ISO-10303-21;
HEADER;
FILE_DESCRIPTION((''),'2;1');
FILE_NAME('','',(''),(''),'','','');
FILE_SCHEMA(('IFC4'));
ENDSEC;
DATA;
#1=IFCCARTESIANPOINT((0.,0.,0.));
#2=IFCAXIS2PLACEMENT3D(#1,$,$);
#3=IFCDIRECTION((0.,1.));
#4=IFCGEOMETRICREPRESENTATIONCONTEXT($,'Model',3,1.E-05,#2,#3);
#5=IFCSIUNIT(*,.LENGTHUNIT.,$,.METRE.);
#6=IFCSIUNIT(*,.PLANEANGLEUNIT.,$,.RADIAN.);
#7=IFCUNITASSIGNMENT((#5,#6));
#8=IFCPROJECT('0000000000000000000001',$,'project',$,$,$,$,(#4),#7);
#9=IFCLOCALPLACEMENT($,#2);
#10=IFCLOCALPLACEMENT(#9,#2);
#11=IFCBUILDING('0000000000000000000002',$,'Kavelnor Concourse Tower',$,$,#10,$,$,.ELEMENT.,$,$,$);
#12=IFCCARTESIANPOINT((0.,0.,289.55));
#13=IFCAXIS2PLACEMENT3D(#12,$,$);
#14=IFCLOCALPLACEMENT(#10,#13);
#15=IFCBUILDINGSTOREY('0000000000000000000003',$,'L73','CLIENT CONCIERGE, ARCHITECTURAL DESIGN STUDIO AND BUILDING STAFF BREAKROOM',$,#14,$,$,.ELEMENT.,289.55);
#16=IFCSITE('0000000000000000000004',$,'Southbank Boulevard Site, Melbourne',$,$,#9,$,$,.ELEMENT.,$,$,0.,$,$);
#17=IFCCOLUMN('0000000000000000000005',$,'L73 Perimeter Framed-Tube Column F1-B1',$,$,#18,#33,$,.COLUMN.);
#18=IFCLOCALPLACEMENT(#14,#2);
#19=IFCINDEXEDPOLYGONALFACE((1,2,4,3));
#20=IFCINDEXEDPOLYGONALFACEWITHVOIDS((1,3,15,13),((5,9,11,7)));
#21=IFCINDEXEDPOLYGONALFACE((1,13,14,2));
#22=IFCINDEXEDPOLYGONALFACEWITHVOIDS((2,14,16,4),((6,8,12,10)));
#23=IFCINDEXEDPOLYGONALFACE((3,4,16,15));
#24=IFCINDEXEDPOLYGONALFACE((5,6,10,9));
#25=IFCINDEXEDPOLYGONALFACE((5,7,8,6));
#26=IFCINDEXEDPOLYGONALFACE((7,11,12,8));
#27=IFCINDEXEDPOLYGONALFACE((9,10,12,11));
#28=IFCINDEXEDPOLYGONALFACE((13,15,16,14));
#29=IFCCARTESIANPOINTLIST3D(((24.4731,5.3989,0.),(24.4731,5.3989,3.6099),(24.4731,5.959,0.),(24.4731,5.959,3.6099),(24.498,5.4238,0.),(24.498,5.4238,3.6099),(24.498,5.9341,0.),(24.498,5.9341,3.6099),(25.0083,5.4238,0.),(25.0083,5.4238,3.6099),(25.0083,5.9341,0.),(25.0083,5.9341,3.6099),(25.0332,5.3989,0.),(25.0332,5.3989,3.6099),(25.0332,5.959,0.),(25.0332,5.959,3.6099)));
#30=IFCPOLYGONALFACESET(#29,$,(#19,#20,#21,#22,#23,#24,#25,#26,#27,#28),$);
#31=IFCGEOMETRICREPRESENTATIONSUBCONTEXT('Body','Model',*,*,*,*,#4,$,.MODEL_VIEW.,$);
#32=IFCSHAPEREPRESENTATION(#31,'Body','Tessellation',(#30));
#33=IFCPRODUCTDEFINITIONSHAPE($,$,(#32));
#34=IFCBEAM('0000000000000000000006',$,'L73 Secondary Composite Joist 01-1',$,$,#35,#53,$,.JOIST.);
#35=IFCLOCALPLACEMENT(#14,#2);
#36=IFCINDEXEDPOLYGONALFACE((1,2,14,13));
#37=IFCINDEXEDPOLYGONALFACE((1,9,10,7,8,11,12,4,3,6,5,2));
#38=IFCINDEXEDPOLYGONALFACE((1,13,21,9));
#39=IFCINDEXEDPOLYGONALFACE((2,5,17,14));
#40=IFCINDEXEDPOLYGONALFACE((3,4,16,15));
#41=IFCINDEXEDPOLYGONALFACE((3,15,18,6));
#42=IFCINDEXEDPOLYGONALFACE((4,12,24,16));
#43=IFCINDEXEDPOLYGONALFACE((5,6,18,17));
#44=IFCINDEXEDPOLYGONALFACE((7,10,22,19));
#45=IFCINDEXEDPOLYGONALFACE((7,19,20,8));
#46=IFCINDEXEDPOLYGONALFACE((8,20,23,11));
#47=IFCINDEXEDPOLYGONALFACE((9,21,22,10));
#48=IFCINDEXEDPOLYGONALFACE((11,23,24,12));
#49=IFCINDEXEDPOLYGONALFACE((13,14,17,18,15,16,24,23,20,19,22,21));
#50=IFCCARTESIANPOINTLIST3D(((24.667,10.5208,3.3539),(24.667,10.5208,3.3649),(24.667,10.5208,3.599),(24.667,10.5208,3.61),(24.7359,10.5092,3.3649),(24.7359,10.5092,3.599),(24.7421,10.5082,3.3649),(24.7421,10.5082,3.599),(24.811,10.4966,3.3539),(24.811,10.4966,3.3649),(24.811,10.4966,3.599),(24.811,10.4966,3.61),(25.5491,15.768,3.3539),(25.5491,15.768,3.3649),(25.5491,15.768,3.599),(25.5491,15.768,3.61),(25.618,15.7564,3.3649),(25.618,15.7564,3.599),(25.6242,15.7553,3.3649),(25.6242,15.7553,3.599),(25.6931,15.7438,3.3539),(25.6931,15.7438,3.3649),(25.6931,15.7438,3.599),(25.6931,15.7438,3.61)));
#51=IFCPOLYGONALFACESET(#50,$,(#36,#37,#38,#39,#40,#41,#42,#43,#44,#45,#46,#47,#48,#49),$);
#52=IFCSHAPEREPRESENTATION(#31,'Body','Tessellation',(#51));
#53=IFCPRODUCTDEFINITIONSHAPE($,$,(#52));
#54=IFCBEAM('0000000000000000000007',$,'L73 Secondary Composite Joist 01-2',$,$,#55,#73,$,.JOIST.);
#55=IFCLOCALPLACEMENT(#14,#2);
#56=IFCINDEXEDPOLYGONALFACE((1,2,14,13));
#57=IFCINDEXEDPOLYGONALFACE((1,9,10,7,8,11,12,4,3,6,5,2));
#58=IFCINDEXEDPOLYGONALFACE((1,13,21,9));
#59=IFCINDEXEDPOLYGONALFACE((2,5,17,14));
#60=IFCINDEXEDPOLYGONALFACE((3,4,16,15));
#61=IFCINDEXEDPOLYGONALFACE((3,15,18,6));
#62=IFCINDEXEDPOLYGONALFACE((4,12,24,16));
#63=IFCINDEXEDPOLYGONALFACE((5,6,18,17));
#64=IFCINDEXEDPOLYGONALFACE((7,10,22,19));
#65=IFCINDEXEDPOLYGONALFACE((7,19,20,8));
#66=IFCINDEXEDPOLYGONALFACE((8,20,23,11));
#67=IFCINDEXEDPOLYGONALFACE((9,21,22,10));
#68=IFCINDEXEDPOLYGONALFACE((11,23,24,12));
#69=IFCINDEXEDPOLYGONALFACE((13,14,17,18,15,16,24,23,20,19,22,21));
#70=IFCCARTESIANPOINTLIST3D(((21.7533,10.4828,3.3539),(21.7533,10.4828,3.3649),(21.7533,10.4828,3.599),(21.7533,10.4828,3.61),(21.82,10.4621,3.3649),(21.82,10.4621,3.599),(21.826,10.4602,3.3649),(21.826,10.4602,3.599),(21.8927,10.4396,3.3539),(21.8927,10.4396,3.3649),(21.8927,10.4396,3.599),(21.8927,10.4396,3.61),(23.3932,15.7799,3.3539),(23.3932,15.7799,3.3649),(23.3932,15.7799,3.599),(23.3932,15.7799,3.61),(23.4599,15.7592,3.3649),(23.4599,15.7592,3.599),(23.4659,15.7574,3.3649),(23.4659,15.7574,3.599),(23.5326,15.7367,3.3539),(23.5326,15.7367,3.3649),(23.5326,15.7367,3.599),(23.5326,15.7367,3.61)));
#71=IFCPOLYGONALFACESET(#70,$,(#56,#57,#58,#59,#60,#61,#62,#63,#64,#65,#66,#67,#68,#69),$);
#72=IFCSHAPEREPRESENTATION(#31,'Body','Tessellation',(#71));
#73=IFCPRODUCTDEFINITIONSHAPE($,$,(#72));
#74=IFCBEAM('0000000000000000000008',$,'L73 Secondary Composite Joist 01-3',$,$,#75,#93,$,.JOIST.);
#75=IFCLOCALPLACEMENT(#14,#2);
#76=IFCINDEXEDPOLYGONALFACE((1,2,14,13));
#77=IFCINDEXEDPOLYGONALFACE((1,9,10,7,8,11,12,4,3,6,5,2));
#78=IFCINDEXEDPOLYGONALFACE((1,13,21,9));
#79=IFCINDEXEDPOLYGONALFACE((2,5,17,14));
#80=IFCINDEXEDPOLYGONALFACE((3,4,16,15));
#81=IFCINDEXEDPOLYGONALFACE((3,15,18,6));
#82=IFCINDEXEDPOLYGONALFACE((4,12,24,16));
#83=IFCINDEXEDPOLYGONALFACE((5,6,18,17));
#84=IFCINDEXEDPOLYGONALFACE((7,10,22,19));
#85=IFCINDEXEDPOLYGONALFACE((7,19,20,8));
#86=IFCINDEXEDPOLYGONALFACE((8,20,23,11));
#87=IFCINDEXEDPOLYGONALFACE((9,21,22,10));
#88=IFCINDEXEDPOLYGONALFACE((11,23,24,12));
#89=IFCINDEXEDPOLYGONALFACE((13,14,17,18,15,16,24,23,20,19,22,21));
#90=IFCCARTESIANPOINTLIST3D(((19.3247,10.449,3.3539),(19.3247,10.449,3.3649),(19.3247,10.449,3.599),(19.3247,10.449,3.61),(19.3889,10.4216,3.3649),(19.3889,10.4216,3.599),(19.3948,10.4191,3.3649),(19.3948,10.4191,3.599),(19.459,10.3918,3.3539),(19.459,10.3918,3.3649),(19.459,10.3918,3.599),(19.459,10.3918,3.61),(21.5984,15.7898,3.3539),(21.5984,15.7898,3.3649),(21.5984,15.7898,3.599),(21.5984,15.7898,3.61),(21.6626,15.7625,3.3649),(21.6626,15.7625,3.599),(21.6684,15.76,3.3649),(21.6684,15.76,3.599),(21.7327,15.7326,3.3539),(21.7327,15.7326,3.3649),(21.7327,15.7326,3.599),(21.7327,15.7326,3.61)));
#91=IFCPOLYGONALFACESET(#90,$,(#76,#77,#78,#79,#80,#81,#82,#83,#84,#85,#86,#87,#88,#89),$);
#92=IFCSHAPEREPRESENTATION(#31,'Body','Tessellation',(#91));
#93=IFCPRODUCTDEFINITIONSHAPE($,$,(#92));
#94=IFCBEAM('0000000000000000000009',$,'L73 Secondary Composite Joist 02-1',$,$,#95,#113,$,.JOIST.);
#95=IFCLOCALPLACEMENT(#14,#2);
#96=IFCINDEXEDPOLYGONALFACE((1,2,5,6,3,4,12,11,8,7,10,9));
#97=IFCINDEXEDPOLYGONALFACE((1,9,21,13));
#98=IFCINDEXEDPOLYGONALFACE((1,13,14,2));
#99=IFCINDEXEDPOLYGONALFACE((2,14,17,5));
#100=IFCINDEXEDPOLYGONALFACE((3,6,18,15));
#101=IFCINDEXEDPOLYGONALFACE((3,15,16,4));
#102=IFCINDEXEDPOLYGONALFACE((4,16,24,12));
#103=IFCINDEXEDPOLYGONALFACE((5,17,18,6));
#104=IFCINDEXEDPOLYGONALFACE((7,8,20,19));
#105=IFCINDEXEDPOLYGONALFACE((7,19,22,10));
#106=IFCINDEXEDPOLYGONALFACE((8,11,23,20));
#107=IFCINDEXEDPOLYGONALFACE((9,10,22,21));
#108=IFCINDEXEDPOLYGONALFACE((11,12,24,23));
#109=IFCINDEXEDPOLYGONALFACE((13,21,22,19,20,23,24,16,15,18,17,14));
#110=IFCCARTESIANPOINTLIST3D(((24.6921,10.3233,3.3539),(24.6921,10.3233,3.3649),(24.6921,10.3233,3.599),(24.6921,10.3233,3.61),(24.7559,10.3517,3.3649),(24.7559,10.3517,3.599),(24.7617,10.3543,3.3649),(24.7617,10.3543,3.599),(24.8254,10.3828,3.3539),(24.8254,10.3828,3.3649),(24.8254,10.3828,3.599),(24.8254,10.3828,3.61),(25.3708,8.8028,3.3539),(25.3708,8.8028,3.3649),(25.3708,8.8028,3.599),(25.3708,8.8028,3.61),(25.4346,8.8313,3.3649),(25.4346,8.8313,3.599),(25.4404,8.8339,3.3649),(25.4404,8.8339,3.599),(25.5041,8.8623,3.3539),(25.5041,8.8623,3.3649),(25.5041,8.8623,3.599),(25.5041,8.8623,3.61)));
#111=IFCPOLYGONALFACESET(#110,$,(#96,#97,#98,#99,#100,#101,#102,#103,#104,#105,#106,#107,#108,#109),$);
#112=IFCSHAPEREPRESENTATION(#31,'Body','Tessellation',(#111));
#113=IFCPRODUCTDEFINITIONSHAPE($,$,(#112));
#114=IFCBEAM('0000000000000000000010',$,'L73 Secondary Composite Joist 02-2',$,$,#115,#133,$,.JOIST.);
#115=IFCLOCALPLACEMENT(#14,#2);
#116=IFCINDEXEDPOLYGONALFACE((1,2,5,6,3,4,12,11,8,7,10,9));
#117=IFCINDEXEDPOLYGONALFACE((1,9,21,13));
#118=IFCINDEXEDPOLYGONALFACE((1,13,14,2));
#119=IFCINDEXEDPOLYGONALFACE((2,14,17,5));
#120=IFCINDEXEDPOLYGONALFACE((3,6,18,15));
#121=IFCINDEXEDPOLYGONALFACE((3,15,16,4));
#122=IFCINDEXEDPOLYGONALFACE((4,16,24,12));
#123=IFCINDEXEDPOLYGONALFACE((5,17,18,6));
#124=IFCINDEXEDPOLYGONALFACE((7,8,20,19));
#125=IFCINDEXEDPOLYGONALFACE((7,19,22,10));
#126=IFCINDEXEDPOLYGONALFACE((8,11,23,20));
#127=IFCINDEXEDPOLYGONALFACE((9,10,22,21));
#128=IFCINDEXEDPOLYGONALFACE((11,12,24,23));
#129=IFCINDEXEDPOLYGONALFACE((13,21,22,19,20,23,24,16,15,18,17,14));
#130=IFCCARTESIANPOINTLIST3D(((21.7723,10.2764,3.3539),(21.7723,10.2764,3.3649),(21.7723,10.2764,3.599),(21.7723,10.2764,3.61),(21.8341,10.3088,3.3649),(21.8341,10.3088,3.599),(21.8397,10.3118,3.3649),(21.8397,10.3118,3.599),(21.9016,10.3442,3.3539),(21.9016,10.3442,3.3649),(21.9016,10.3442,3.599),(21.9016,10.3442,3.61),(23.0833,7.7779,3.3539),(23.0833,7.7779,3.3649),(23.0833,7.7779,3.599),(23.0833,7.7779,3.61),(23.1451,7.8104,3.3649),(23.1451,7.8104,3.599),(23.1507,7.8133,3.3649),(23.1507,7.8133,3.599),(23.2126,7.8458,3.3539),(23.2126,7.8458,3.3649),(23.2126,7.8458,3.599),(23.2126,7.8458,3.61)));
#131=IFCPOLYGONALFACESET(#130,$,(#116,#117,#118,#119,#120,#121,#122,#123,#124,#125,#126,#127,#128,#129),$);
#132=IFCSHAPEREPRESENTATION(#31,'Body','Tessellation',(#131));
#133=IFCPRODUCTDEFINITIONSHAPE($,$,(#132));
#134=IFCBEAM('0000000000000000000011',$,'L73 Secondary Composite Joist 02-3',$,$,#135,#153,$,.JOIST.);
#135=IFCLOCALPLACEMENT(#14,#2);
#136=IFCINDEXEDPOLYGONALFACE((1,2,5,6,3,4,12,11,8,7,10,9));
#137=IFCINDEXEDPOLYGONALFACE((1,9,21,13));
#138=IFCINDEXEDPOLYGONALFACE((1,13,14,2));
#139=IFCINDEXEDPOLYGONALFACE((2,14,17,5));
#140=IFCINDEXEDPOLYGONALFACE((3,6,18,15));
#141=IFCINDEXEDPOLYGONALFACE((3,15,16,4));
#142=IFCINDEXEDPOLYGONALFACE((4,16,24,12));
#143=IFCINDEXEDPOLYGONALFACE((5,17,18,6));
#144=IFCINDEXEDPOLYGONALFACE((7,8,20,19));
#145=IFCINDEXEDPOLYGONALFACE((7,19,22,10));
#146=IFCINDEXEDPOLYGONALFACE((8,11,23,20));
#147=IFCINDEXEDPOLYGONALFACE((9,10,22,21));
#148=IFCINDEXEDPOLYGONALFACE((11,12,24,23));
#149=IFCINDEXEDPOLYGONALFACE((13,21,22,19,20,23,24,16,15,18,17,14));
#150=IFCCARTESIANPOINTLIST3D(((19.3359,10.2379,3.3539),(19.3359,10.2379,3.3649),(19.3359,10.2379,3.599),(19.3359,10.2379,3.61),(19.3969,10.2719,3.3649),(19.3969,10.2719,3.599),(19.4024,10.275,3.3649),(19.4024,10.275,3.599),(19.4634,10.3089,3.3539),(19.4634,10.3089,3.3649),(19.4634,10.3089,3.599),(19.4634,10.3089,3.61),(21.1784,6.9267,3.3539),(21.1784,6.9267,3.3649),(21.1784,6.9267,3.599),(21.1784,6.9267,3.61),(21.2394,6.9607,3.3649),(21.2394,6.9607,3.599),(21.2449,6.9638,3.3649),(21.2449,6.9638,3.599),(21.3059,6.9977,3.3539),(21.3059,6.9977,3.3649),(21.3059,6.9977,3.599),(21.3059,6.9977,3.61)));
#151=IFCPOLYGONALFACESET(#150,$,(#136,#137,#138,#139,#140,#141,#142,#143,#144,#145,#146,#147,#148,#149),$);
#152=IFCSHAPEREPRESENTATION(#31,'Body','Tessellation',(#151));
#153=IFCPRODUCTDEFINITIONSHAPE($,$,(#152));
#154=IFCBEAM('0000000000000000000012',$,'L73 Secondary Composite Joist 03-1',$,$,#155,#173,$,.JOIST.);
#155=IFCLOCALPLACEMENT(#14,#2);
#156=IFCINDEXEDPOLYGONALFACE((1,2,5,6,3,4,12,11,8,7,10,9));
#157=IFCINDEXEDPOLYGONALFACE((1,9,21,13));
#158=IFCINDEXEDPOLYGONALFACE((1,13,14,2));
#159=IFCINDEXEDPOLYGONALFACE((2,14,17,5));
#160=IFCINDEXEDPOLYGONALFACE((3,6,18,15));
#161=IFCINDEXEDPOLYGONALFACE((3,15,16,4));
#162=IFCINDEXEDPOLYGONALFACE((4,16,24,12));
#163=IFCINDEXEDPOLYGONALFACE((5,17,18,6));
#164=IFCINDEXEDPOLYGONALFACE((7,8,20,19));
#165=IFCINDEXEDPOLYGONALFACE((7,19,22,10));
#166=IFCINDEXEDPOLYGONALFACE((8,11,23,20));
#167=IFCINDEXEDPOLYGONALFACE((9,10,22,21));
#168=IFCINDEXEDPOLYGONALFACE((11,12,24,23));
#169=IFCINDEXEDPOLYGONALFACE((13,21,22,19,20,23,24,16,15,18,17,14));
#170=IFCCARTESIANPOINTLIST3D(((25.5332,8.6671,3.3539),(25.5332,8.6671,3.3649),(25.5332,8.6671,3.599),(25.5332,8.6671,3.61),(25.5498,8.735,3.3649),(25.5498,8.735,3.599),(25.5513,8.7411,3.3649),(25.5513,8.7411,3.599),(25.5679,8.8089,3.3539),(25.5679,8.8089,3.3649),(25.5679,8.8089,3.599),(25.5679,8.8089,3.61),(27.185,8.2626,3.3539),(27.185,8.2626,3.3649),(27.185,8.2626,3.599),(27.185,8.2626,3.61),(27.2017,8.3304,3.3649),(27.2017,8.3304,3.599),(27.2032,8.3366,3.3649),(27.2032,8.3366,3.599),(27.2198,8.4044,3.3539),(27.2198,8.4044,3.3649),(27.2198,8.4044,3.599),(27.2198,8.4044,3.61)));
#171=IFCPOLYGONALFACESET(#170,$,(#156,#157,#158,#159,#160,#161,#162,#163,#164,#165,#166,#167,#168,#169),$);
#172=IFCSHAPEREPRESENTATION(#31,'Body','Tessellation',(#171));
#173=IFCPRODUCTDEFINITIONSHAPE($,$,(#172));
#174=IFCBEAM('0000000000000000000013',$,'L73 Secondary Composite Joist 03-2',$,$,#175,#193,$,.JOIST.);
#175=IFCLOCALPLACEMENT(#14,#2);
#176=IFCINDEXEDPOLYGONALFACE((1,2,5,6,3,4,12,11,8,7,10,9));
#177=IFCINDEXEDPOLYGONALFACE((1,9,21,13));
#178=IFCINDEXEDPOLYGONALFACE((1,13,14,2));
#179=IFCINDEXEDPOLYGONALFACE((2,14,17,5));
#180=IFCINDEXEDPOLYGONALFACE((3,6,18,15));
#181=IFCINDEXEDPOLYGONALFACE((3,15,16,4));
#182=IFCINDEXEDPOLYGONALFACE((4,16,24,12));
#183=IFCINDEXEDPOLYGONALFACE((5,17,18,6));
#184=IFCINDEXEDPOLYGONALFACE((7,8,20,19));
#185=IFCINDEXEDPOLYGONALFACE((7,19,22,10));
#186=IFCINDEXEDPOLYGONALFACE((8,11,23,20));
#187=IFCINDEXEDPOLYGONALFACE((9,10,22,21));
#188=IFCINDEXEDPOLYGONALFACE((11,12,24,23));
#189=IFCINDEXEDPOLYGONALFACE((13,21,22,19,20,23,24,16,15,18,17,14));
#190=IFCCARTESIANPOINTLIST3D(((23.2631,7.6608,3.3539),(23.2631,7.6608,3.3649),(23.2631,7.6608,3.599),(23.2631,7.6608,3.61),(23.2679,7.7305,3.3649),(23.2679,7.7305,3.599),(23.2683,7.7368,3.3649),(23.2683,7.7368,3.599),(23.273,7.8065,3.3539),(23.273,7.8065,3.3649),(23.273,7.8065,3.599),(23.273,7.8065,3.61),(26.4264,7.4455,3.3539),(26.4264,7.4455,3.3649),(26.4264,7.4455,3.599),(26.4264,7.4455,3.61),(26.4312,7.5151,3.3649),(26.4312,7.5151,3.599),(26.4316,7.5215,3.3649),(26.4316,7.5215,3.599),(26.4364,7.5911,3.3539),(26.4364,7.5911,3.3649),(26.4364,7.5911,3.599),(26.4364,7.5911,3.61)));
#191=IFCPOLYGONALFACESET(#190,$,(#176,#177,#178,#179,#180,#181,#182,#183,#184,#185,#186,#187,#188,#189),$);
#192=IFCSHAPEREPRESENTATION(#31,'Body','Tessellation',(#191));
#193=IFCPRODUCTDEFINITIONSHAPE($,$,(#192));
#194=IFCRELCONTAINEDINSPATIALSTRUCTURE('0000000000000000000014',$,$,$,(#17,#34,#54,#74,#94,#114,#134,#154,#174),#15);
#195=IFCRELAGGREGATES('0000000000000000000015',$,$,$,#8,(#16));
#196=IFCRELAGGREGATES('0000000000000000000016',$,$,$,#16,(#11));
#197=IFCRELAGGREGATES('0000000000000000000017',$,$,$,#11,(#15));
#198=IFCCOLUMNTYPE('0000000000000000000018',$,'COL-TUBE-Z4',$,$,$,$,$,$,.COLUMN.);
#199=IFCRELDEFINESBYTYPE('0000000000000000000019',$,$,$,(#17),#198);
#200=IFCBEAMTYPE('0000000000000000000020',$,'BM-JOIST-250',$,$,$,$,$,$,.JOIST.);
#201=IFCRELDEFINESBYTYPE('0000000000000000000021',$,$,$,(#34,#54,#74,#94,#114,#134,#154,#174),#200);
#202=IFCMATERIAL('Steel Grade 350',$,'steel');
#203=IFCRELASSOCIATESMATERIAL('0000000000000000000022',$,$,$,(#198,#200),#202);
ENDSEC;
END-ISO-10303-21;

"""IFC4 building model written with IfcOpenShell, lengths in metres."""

from ifc_helpers import new_model, si_unit, direction, frame, origin, origin_2d, place, context, subcontext, project, spatial, hollow_rectangle, i_section, extrude, material, material_profile, profile_set, type_object, element, save


model = new_model("IFC4")

# Units and contexts
model_context = context("Model", 3, precision=1e-05, world=origin(), true_north=direction((0.0, 1.0)))
body_context = subcontext(model_context, "Body", "Model", "MODEL_VIEW")
ifc_project = project(units=[si_unit("LENGTHUNIT", "METRE"), si_unit("PLANEANGLEUNIT", "RADIAN")], contexts=[model_context])

# Site, building, storey
site_placement = place(None, origin())
site = spatial("IfcSite", under=ifc_project, at=site_placement, Name="Southbank Boulevard Site, Melbourne", CompositionType="ELEMENT", RefElevation=0.0)
building_placement = place(site_placement, origin())
building = spatial("IfcBuilding", under=site, at=building_placement, Name="Kavelnor Concourse Tower", CompositionType="ELEMENT")
storey_placement = place(building_placement, frame((0.0, 0.0, 289.55)))
storey = spatial("IfcBuildingStorey", under=building, at=storey_placement, Name="L73", Description="CLIENT CONCIERGE, ARCHITECTURAL DESIGN STUDIO AND BUILDING STAFF BREAKROOM", CompositionType="ELEMENT", Elevation=289.55)

# Column
ifc_material_1 = material(Name="Steel Grade 350", Category="steel")
ifc_material_profile_1 = material_profile(ifc_material_1, hollow_rectangle(XDim=0.5601, YDim=0.5601, WallThickness=0.0249, at=origin_2d()), Name="SHS 560x560x25")
ifc_profile_set_1 = profile_set([ifc_material_profile_1], Name="Steel Grade 350")
column_type = type_object("IfcColumnType", Name="COL-TUBE-Z4", PredefinedType="COLUMN", material=ifc_profile_set_1)
column_placement = place(storey_placement, frame((24.7532, 5.679, 0.0), z_axis=(0.0, 0.0, 1.0), x_axis=(1.0, 0.0, 0.0)))
element("IfcColumn", 1, at=column_placement, inside=storey, type_object=column_type, Name="L73 Perimeter Framed-Tube Column F1-B1", PredefinedType="COLUMN", context=body_context, shape_type="SweptSolid", body=[
    extrude(hollow_rectangle(XDim=0.5601, YDim=0.5601, WallThickness=0.0249, at=origin_2d()), origin(), (0.0, 0.0, 1.0), 3.6099),
])

# Beams
ifc_material_profile_2 = material_profile(ifc_material_1, i_section(OverallWidth=0.146, OverallDepth=0.2561, WebThickness=0.0063, FlangeThickness=0.011, at=origin_2d()), Name="250UB37")
ifc_profile_set_2 = profile_set([ifc_material_profile_2], Name="Steel Grade 350")
beam_type_1 = type_object("IfcBeamType", Name="BM-JOIST-250", PredefinedType="JOIST", material=ifc_profile_set_2)
beam_1_placement = place(storey_placement, frame((25.6211, 15.7559, 3.4819), z_axis=(-0.165783, -0.986162, 0.0), x_axis=(0.986162, -0.165783, 0.0)))
element("IfcBeam", 2, at=beam_1_placement, inside=storey, type_object=beam_type_1, Name="L73 Secondary Composite Joist 01-1", PredefinedType="JOIST", context=body_context, shape_type="SweptSolid", body=[
    extrude(i_section(OverallWidth=0.146, OverallDepth=0.2561, WebThickness=0.0063, FlangeThickness=0.011, at=origin_2d()), origin(), (0.0, 0.0, 1.0), 5.3208),
])
beam_2_placement = place(storey_placement, frame((23.4629, 15.7583, 3.4819), z_axis=(-0.295734, -0.95527, 0.0), x_axis=(0.95527, -0.295734, 0.0)))
element("IfcBeam", 3, at=beam_2_placement, inside=storey, type_object=beam_type_1, Name="L73 Secondary Composite Joist 01-2", PredefinedType="JOIST", context=body_context, shape_type="SweptSolid", body=[
    extrude(i_section(OverallWidth=0.146, OverallDepth=0.2561, WebThickness=0.0063, FlangeThickness=0.011, at=origin_2d()), origin(), (0.0, 0.0, 1.0), 5.5452),
])
beam_3_placement = place(storey_placement, frame((21.6655, 15.7612, 3.4819), z_axis=(-0.3917, -0.920093, 0.0), x_axis=(0.920093, -0.3917, 0.0)))
element("IfcBeam", 4, at=beam_3_placement, inside=storey, type_object=beam_type_1, Name="L73 Secondary Composite Joist 01-3", PredefinedType="JOIST", context=body_context, shape_type="SweptSolid", body=[
    extrude(i_section(OverallWidth=0.146, OverallDepth=0.2561, WebThickness=0.0063, FlangeThickness=0.011, at=origin_2d()), origin(), (0.0, 0.0, 1.0), 5.8047),
])
beam_4_placement = place(storey_placement, frame((24.7588, 10.353, 3.4819), z_axis=(0.407607, -0.913157, 0.0), x_axis=(0.913157, 0.407607, 0.0)))
element("IfcBeam", 5, at=beam_4_placement, inside=storey, type_object=beam_type_1, Name="L73 Secondary Composite Joist 02-1", PredefinedType="JOIST", context=body_context, shape_type="SweptSolid", body=[
    extrude(i_section(OverallWidth=0.146, OverallDepth=0.2561, WebThickness=0.0063, FlangeThickness=0.011, at=origin_2d()), origin(), (0.0, 0.0, 1.0), 1.665),
])
beam_5_placement = place(storey_placement, frame((21.8369, 10.3103, 3.4819), z_axis=(0.464641, -0.885499, 0.0), x_axis=(0.885499, 0.464641, 0.0)))
element("IfcBeam", 6, at=beam_5_placement, inside=storey, type_object=beam_type_1, Name="L73 Secondary Composite Joist 02-2", PredefinedType="JOIST", context=body_context, shape_type="SweptSolid", body=[
    extrude(i_section(OverallWidth=0.146, OverallDepth=0.2561, WebThickness=0.0063, FlangeThickness=0.011, at=origin_2d()), origin(), (0.0, 0.0, 1.0), 2.8215),
])
beam_6_placement = place(storey_placement, frame((19.3997, 10.2734, 3.4819), z_axis=(0.486234, -0.873829, 0.0), x_axis=(0.873829, 0.486234, 0.0)))
element("IfcBeam", 7, at=beam_6_placement, inside=storey, type_object=beam_type_1, Name="L73 Secondary Composite Joist 02-3", PredefinedType="JOIST", context=body_context, shape_type="SweptSolid", body=[
    extrude(i_section(OverallWidth=0.146, OverallDepth=0.2561, WebThickness=0.0063, FlangeThickness=0.011, at=origin_2d()), origin(), (0.0, 0.0, 1.0), 3.7893),
])
beam_7_placement = place(storey_placement, frame((25.5505, 8.738, 3.4819), z_axis=(0.971297, -0.237871, 0.0), x_axis=(0.237871, 0.971297, 0.0)))
element("IfcBeam", 8, at=beam_7_placement, inside=storey, type_object=beam_type_1, Name="L73 Secondary Composite Joist 03-1", PredefinedType="JOIST", context=body_context, shape_type="SweptSolid", body=[
    extrude(i_section(OverallWidth=0.146, OverallDepth=0.2561, WebThickness=0.0063, FlangeThickness=0.011, at=origin_2d()), origin(), (0.0, 0.0, 1.0), 1.7007),
])
beam_8_placement = place(storey_placement, frame((23.2681, 7.7336, 3.4819), z_axis=(0.997691, -0.067914, 0.0), x_axis=(0.067914, 0.997691, 0.0)))
element("IfcBeam", 9, at=beam_8_placement, inside=storey, type_object=beam_type_1, Name="L73 Secondary Composite Joist 03-2", PredefinedType="JOIST", context=body_context, shape_type="SweptSolid", body=[
    extrude(i_section(OverallWidth=0.146, OverallDepth=0.2561, WebThickness=0.0063, FlangeThickness=0.011, at=origin_2d()), origin(), (0.0, 0.0, 1.0), 3.1707),
])

save(model, "model.ifc")
